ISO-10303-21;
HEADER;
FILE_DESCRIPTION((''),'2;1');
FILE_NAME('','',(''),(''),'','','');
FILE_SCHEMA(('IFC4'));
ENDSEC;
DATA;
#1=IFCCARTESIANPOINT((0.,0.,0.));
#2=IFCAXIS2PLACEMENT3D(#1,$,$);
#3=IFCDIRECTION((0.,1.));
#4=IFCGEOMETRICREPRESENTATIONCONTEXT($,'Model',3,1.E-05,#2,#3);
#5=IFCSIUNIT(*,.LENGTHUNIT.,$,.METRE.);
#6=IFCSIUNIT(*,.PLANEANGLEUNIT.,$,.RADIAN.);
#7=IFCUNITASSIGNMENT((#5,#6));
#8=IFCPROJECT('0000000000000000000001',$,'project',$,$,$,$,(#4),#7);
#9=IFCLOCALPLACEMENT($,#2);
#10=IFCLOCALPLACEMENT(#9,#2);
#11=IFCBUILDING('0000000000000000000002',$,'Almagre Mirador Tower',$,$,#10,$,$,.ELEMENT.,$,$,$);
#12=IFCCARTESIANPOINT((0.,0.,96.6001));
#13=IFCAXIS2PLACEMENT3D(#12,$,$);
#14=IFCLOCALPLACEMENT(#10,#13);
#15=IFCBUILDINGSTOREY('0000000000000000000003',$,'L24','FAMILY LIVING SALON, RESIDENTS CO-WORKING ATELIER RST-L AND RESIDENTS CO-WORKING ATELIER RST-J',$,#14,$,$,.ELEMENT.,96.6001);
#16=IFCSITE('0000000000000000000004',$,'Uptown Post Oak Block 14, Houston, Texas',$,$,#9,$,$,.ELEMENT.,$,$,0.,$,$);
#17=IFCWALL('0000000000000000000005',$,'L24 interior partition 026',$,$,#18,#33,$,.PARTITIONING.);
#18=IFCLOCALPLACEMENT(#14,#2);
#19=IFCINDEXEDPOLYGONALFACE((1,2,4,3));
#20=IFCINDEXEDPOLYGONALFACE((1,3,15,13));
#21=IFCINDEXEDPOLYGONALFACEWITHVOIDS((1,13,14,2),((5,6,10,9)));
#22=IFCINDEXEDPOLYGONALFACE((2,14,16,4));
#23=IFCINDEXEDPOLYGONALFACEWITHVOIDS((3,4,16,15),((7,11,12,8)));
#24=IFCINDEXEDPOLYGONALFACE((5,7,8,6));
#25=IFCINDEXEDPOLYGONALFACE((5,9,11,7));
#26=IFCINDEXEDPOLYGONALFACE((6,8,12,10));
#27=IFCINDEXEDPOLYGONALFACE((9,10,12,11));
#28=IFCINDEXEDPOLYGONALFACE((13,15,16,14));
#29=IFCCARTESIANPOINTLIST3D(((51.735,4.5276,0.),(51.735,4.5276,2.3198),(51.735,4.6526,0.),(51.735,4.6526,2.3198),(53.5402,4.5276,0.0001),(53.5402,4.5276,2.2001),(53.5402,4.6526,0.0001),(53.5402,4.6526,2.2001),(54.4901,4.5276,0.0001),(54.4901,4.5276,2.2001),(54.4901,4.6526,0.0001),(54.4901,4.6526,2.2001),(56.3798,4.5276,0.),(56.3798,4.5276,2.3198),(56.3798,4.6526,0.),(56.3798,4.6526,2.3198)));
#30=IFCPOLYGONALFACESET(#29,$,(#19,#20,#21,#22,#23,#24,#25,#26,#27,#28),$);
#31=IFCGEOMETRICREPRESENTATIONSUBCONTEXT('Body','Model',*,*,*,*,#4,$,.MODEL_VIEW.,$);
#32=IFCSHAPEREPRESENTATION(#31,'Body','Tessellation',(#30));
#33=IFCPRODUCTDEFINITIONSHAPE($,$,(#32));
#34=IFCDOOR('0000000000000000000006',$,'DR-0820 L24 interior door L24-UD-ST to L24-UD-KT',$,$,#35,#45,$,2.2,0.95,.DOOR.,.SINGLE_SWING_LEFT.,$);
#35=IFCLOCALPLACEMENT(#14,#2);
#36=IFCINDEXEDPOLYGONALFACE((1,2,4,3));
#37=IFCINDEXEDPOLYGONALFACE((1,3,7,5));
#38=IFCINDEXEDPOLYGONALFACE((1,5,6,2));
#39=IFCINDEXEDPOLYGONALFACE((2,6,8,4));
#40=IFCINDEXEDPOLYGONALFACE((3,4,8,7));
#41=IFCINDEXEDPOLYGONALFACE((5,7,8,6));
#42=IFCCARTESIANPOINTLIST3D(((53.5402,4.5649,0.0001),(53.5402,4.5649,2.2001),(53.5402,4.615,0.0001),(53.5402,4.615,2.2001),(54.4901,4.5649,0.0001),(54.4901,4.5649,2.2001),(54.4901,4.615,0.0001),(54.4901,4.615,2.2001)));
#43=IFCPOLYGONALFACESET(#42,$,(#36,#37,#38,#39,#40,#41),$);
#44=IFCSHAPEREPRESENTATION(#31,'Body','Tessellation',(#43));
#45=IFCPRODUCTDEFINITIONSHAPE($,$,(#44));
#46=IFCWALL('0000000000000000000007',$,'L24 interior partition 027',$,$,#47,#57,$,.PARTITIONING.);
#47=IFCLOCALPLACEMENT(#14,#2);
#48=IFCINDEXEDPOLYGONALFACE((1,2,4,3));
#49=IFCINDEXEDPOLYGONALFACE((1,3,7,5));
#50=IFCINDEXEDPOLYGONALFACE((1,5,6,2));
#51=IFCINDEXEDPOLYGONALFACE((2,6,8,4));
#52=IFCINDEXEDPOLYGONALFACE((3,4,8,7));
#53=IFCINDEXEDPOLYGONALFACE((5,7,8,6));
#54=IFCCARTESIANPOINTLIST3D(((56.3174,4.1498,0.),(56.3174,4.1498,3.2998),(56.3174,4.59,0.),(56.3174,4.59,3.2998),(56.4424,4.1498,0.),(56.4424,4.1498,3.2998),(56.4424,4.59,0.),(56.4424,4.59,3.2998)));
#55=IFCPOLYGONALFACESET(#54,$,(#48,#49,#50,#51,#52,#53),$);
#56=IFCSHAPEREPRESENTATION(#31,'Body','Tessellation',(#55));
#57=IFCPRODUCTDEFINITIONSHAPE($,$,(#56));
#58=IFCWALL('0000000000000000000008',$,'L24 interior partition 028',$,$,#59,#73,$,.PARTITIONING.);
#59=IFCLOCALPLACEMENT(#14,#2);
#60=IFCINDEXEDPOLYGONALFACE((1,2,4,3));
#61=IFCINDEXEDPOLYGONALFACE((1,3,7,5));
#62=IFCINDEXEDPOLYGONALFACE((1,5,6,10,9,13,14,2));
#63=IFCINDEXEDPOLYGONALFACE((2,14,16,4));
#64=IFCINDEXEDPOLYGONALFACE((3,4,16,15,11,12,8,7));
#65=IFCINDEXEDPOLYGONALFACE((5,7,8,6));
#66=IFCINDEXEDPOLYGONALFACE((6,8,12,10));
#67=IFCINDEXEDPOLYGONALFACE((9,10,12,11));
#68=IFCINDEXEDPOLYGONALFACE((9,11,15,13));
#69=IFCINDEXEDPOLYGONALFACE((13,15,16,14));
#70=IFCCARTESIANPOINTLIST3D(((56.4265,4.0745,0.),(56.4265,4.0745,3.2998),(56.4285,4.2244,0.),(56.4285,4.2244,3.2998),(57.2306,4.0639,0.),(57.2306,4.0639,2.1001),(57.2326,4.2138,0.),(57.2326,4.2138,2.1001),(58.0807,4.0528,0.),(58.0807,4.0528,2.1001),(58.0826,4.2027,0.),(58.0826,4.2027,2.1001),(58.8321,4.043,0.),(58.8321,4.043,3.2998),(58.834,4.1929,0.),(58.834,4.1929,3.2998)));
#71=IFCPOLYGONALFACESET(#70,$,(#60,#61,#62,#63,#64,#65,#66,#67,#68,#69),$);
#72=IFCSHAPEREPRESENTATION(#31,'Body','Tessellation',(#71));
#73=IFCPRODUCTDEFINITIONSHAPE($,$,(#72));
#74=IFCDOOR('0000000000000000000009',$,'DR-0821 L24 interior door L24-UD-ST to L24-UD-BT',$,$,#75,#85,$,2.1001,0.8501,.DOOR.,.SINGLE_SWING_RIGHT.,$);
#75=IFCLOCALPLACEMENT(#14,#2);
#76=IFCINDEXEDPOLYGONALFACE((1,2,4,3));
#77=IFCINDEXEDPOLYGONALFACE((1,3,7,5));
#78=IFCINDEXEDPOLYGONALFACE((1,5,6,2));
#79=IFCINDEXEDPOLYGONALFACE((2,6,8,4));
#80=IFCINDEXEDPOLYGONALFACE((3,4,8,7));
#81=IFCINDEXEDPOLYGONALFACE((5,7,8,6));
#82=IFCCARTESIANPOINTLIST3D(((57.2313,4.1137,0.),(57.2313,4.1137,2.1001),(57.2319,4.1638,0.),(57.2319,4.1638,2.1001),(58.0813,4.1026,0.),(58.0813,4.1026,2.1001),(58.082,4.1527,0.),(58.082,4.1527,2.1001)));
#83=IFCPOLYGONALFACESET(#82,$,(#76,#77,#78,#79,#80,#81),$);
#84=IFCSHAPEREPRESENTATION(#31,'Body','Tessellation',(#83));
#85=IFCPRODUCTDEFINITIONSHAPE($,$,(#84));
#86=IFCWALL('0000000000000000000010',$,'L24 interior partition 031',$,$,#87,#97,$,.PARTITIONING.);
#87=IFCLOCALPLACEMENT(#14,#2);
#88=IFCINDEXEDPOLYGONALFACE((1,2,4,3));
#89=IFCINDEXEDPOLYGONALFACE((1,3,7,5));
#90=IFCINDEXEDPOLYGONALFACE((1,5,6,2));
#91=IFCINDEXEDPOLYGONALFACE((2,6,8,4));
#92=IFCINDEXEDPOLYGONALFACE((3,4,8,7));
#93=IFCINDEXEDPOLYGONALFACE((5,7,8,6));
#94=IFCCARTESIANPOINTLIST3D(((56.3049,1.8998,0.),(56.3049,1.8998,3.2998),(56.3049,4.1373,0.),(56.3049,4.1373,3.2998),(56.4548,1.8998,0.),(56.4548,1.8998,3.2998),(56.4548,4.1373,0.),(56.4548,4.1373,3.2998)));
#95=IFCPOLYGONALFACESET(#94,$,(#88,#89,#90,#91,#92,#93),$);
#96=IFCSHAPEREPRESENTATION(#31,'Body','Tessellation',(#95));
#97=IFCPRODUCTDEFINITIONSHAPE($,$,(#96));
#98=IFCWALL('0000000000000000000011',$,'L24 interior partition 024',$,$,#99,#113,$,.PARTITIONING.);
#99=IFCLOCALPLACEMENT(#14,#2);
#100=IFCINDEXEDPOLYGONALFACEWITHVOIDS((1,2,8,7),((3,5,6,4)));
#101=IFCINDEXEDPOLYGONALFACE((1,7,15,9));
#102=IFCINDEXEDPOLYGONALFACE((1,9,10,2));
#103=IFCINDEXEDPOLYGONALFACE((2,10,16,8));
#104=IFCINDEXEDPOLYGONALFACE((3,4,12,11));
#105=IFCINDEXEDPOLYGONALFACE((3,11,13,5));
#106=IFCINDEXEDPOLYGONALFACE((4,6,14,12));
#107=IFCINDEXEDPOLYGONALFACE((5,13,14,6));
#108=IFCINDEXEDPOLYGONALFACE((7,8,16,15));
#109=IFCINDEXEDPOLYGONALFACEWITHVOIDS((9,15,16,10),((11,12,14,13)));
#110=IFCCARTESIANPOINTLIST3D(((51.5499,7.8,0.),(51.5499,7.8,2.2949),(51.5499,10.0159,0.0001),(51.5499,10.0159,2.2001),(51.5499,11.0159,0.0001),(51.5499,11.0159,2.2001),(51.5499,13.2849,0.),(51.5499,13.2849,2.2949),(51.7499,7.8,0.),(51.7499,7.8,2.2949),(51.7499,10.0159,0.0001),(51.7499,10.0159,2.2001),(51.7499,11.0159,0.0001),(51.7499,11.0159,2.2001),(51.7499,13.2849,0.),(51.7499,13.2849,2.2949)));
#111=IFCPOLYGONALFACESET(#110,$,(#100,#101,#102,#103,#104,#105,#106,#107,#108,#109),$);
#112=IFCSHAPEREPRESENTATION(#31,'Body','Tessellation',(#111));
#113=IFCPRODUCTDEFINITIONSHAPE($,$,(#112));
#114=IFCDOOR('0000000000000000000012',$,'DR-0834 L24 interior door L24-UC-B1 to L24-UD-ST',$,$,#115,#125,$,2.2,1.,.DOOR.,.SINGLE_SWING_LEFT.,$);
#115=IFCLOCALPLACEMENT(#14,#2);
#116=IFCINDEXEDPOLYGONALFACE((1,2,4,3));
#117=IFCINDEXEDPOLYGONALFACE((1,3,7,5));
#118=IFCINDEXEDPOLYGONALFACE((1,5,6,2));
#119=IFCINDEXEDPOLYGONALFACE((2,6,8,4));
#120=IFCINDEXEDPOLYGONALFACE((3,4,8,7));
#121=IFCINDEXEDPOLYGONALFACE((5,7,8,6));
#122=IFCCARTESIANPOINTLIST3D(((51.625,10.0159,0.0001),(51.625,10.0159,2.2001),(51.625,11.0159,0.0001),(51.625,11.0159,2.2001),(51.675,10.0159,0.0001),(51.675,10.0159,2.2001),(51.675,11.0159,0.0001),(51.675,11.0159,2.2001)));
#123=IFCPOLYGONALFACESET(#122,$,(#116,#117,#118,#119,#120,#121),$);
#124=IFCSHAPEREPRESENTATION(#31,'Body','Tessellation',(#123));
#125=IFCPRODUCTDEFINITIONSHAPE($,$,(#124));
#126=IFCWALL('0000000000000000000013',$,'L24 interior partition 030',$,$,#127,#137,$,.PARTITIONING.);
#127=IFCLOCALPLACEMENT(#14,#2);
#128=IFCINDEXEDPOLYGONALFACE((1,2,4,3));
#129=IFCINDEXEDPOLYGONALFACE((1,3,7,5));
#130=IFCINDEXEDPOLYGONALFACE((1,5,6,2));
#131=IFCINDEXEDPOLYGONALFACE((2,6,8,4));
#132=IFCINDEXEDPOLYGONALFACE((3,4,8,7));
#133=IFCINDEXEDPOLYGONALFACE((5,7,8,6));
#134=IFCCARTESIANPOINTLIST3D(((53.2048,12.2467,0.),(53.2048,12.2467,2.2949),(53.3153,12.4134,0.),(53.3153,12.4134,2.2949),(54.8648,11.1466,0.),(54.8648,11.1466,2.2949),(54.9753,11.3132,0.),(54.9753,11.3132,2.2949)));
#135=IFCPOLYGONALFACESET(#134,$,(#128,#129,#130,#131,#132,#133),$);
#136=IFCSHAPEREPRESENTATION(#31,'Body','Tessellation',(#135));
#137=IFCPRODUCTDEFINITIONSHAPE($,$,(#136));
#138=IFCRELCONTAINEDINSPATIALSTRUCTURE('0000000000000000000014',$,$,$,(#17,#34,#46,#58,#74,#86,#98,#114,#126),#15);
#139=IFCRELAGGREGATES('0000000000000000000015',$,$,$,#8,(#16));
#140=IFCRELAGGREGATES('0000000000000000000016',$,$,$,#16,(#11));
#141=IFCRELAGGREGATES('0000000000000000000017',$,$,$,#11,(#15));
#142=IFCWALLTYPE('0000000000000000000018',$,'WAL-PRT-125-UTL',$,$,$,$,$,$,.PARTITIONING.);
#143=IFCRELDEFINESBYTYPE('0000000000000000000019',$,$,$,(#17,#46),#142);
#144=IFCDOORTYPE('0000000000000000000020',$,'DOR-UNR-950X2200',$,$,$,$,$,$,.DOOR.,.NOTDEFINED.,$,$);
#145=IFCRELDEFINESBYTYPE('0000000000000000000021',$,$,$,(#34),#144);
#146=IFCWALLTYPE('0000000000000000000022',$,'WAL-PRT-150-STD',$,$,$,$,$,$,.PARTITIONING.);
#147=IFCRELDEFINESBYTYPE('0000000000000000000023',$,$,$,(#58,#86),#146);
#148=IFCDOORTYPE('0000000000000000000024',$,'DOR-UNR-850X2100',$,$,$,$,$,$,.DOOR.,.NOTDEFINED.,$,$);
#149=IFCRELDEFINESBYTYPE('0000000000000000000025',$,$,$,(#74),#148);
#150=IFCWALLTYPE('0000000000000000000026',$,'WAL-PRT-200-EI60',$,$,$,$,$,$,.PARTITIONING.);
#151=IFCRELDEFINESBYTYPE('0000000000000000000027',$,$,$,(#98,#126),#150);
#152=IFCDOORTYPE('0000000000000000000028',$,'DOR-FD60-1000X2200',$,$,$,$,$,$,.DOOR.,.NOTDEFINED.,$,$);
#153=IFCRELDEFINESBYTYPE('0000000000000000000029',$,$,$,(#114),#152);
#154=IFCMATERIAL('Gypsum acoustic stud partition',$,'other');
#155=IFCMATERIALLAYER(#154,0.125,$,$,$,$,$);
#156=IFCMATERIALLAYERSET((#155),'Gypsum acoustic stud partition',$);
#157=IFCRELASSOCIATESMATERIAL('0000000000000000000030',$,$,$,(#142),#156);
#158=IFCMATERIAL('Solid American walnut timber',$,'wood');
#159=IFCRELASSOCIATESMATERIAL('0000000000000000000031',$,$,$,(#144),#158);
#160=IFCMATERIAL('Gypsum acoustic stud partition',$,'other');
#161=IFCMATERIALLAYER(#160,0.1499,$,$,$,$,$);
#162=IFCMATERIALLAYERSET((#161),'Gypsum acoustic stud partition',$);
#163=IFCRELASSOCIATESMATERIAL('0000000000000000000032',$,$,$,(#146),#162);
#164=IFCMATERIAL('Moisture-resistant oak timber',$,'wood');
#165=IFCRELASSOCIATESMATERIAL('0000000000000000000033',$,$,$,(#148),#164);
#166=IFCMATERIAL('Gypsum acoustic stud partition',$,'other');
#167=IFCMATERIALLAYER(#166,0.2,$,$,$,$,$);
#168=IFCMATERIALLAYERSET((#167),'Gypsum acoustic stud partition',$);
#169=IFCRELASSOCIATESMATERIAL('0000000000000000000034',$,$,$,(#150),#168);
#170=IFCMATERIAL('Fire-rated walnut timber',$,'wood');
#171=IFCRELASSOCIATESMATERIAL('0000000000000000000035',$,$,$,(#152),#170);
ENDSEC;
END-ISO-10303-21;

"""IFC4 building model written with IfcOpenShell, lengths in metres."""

from ifc_helpers import new_model, si_unit, direction, frame, frame_2d, origin, place, context, subcontext, project, spatial, rectangle, extrude, material, layer, layer_set, type_object, element, fill, save


model = new_model("IFC4")

# Units and contexts
model_context = context("Model", 3, precision=1e-05, world=origin(), true_north=direction((0.0, 1.0)))
body_context = subcontext(model_context, "Body", "Model", "MODEL_VIEW")
ifc_project = project(units=[si_unit("LENGTHUNIT", "METRE"), si_unit("PLANEANGLEUNIT", "RADIAN")], contexts=[model_context])

# Site, building, storey
site_placement = place(None, origin())
site = spatial("IfcSite", under=ifc_project, at=site_placement, Name="Uptown Post Oak Block 14, Houston, Texas", CompositionType="ELEMENT", RefElevation=0.0)
building_placement = place(site_placement, origin())
building = spatial("IfcBuilding", under=site, at=building_placement, Name="Almagre Mirador Tower", CompositionType="ELEMENT")
storey_placement = place(building_placement, frame((0.0, 0.0, 96.6001)))
storey = spatial("IfcBuildingStorey", under=building, at=storey_placement, Name="L24", Description="FAMILY LIVING SALON, RESIDENTS CO-WORKING ATELIER RST-L AND RESIDENTS CO-WORKING ATELIER RST-J", CompositionType="ELEMENT", Elevation=96.6001)

# Wall, opening, door
ifc_material_1 = material(Name="Gypsum acoustic stud partition", Category="other")
ifc_layer_1 = layer(ifc_material_1, 0.125)
ifc_layer_set_1 = layer_set([ifc_layer_1], Name="Gypsum acoustic stud partition")
wall_type_1 = type_object("IfcWallType", Name="WAL-PRT-125-UTL", PredefinedType="PARTITIONING", material=ifc_layer_set_1)
wall_1_placement = place(storey_placement, frame((51.7351, 4.5901, 0.0), z_axis=(0.0, 0.0, 1.0), x_axis=(1.0, 0.0, 0.0)))
wall_1 = element("IfcWall", 1, at=wall_1_placement, inside=storey, type_object=wall_type_1, Name="L24 interior partition 026", PredefinedType="PARTITIONING", context=body_context, shape_type="SweptSolid", body=[
    extrude(rectangle(XDim=4.6448, YDim=0.125, at=frame_2d((2.3223, 0.0))), origin(), (0.0, 0.0, 1.0), 2.3198),
])
opening_1_placement = place(wall_1_placement, frame((1.8049, 0.0, 0.0)))
opening_1 = element("IfcOpeningElement", 2, at=opening_1_placement, cuts=wall_1, PredefinedType="OPENING", context=body_context, shape_type="SweptSolid", body=[
    extrude(rectangle(XDim=0.95, YDim=2.2, at=frame_2d((0.4751, 1.1001))), frame((0.0, 0.0725, 0.0), z_axis=(0.0, -1.0, 0.0), x_axis=(1.0, 0.0, 0.0)), (0.0, 0.0, 1.0), 0.145),
])
ifc_material_2 = material(Name="Solid American walnut timber", Category="wood")
door_type_1 = type_object("IfcDoorType", Name="DOR-UNR-950X2200", OperationType="NOTDEFINED", PredefinedType="DOOR", material=ifc_material_2)
door_1_placement = place(opening_1_placement, origin())
door_1 = element("IfcDoor", 3, at=door_1_placement, inside=storey, type_object=door_type_1, Name="DR-0820 L24 interior door L24-UD-ST to L24-UD-KT", OperationType="SINGLE_SWING_LEFT", OverallHeight=2.2, OverallWidth=0.95, PredefinedType="DOOR", context=body_context, shape_type="SweptSolid", body=[
    extrude(rectangle(XDim=0.95, YDim=2.2, at=frame_2d((0.4751, 1.1001))), frame((0.0, 0.0249, 0.0), z_axis=(0.0, -1.0, 0.0), x_axis=(1.0, 0.0, 0.0)), (0.0, 0.0, 1.0), 0.05),
])
fill(opening_1, door_1)

# Wall
wall_2_placement = place(storey_placement, frame((56.3799, 4.5901, 0.0), z_axis=(0.0, 0.0, 1.0), x_axis=(0.0, -1.0, 0.0)))
element("IfcWall", 4, at=wall_2_placement, inside=storey, type_object=wall_type_1, Name="L24 interior partition 027", PredefinedType="PARTITIONING", context=body_context, shape_type="SweptSolid", body=[
    extrude(rectangle(XDim=0.4402, YDim=0.125, at=frame_2d((0.2202, 0.0))), origin(), (0.0, 0.0, 1.0), 3.2998),
])

# Wall, opening, door
ifc_material_3 = material(Name="Gypsum acoustic stud partition", Category="other")
ifc_layer_2 = layer(ifc_material_3, 0.1499)
ifc_layer_set_2 = layer_set([ifc_layer_2], Name="Gypsum acoustic stud partition")
wall_type_2 = type_object("IfcWallType", Name="WAL-PRT-150-STD", PredefinedType="PARTITIONING", material=ifc_layer_set_2)
wall_3_placement = place(storey_placement, frame((56.4275, 4.1494, 0.0), z_axis=(0.0, 0.0, 1.0), x_axis=(0.999914, -0.013091, 0.0)))
wall_3 = element("IfcWall", 5, at=wall_3_placement, inside=storey, type_object=wall_type_2, Name="L24 interior partition 028", PredefinedType="PARTITIONING", context=body_context, shape_type="SweptSolid", body=[
    extrude(rectangle(XDim=2.4058, YDim=0.1499, at=frame_2d((1.2029, 0.0))), origin(), (0.0, 0.0, 1.0), 3.2998),
])
opening_2_placement = place(wall_3_placement, frame((0.8042, 0.0, 0.0)))
opening_2 = element("IfcOpeningElement", 6, at=opening_2_placement, cuts=wall_3, PredefinedType="OPENING", context=body_context, shape_type="SweptSolid", body=[
    extrude(rectangle(XDim=0.8501, YDim=2.1001, at=frame_2d((0.425, 1.05))), frame((0.0, 0.085, 0.0), z_axis=(0.0, -1.0, 0.0), x_axis=(1.0, 0.0, 0.0)), (0.0, 0.0, 1.0), 0.1699),
])
ifc_material_4 = material(Name="Moisture-resistant oak timber", Category="wood")
door_type_2 = type_object("IfcDoorType", Name="DOR-UNR-850X2100", OperationType="NOTDEFINED", PredefinedType="DOOR", material=ifc_material_4)
door_2_placement = place(opening_2_placement, origin())
door_2 = element("IfcDoor", 7, at=door_2_placement, inside=storey, type_object=door_type_2, Name="DR-0821 L24 interior door L24-UD-ST to L24-UD-BT", OperationType="SINGLE_SWING_RIGHT", OverallHeight=2.1001, OverallWidth=0.8501, PredefinedType="DOOR", context=body_context, shape_type="SweptSolid", body=[
    extrude(rectangle(XDim=0.8501, YDim=2.1001, at=frame_2d((0.425, 1.05))), frame((0.0, 0.0249, 0.0), z_axis=(0.0, -1.0, 0.0), x_axis=(1.0, 0.0, 0.0)), (0.0, 0.0, 1.0), 0.05),
])
fill(opening_2, door_2)

# Wall
wall_4_placement = place(storey_placement, frame((56.3799, 1.8999, 0.0), z_axis=(0.0, 0.0, 1.0), x_axis=(0.0, 1.0, 0.0)))
element("IfcWall", 8, at=wall_4_placement, inside=storey, type_object=wall_type_2, Name="L24 interior partition 031", PredefinedType="PARTITIONING", context=body_context, shape_type="SweptSolid", body=[
    extrude(rectangle(XDim=2.2375, YDim=0.1499, at=frame_2d((1.1187, 0.0))), origin(), (0.0, 0.0, 1.0), 3.2998),
])

# Wall, opening, door
ifc_material_5 = material(Name="Gypsum acoustic stud partition", Category="other")
ifc_layer_3 = layer(ifc_material_5, 0.2)
ifc_layer_set_3 = layer_set([ifc_layer_3], Name="Gypsum acoustic stud partition")
wall_type_3 = type_object("IfcWallType", Name="WAL-PRT-200-EI60", PredefinedType="PARTITIONING", material=ifc_layer_set_3)
wall_5_placement = place(storey_placement, frame((51.6499, 7.8, 0.0), z_axis=(0.0, 0.0, 1.0), x_axis=(0.0, 1.0, 0.0)))
wall_5 = element("IfcWall", 9, at=wall_5_placement, inside=storey, type_object=wall_type_3, Name="L24 interior partition 024", PredefinedType="PARTITIONING", context=body_context, shape_type="SweptSolid", body=[
    extrude(rectangle(XDim=5.4849, YDim=0.2, at=frame_2d((2.7424, 0.0))), origin(), (0.0, 0.0, 1.0), 2.2949),
])
opening_3_placement = place(wall_5_placement, frame((2.2158, 0.0, 0.0)))
opening_3 = element("IfcOpeningElement", 10, at=opening_3_placement, cuts=wall_5, PredefinedType="OPENING", context=body_context, shape_type="SweptSolid", body=[
    extrude(rectangle(XDim=1.0, YDim=2.2, at=frame_2d((0.5, 1.1001))), frame((0.0, 0.1101, 0.0), z_axis=(0.0, -1.0, 0.0), x_axis=(1.0, 0.0, 0.0)), (0.0, 0.0, 1.0), 0.22),
])
ifc_material_6 = material(Name="Fire-rated walnut timber", Category="wood")
door_type_3 = type_object("IfcDoorType", Name="DOR-FD60-1000X2200", OperationType="NOTDEFINED", PredefinedType="DOOR", material=ifc_material_6)
door_3_placement = place(opening_3_placement, origin())
door_3 = element("IfcDoor", 11, at=door_3_placement, inside=storey, type_object=door_type_3, Name="DR-0834 L24 interior door L24-UC-B1 to L24-UD-ST", OperationType="SINGLE_SWING_LEFT", OverallHeight=2.2, OverallWidth=1.0, PredefinedType="DOOR", context=body_context, shape_type="SweptSolid", body=[
    extrude(rectangle(XDim=1.0, YDim=2.2, at=frame_2d((0.5, 1.1001))), frame((0.0, 0.0249, 0.0), z_axis=(0.0, -1.0, 0.0), x_axis=(1.0, 0.0, 0.0)), (0.0, 0.0, 1.0), 0.05),
])
fill(opening_3, door_3)

# Wall
wall_6_placement = place(storey_placement, frame((54.9199, 11.23, 0.0), z_axis=(0.0, 0.0, 1.0), x_axis=(-0.833556, 0.552435, 0.0)))
element("IfcWall", 12, at=wall_6_placement, inside=storey, type_object=wall_type_3, Name="L24 interior partition 030", PredefinedType="PARTITIONING", context=body_context, shape_type="SweptSolid", body=[
    extrude(rectangle(XDim=1.9915, YDim=0.2, at=frame_2d((0.9956, 0.0))), origin(), (0.0, 0.0, 1.0), 2.2949),
])

save(model, "model.ifc")
